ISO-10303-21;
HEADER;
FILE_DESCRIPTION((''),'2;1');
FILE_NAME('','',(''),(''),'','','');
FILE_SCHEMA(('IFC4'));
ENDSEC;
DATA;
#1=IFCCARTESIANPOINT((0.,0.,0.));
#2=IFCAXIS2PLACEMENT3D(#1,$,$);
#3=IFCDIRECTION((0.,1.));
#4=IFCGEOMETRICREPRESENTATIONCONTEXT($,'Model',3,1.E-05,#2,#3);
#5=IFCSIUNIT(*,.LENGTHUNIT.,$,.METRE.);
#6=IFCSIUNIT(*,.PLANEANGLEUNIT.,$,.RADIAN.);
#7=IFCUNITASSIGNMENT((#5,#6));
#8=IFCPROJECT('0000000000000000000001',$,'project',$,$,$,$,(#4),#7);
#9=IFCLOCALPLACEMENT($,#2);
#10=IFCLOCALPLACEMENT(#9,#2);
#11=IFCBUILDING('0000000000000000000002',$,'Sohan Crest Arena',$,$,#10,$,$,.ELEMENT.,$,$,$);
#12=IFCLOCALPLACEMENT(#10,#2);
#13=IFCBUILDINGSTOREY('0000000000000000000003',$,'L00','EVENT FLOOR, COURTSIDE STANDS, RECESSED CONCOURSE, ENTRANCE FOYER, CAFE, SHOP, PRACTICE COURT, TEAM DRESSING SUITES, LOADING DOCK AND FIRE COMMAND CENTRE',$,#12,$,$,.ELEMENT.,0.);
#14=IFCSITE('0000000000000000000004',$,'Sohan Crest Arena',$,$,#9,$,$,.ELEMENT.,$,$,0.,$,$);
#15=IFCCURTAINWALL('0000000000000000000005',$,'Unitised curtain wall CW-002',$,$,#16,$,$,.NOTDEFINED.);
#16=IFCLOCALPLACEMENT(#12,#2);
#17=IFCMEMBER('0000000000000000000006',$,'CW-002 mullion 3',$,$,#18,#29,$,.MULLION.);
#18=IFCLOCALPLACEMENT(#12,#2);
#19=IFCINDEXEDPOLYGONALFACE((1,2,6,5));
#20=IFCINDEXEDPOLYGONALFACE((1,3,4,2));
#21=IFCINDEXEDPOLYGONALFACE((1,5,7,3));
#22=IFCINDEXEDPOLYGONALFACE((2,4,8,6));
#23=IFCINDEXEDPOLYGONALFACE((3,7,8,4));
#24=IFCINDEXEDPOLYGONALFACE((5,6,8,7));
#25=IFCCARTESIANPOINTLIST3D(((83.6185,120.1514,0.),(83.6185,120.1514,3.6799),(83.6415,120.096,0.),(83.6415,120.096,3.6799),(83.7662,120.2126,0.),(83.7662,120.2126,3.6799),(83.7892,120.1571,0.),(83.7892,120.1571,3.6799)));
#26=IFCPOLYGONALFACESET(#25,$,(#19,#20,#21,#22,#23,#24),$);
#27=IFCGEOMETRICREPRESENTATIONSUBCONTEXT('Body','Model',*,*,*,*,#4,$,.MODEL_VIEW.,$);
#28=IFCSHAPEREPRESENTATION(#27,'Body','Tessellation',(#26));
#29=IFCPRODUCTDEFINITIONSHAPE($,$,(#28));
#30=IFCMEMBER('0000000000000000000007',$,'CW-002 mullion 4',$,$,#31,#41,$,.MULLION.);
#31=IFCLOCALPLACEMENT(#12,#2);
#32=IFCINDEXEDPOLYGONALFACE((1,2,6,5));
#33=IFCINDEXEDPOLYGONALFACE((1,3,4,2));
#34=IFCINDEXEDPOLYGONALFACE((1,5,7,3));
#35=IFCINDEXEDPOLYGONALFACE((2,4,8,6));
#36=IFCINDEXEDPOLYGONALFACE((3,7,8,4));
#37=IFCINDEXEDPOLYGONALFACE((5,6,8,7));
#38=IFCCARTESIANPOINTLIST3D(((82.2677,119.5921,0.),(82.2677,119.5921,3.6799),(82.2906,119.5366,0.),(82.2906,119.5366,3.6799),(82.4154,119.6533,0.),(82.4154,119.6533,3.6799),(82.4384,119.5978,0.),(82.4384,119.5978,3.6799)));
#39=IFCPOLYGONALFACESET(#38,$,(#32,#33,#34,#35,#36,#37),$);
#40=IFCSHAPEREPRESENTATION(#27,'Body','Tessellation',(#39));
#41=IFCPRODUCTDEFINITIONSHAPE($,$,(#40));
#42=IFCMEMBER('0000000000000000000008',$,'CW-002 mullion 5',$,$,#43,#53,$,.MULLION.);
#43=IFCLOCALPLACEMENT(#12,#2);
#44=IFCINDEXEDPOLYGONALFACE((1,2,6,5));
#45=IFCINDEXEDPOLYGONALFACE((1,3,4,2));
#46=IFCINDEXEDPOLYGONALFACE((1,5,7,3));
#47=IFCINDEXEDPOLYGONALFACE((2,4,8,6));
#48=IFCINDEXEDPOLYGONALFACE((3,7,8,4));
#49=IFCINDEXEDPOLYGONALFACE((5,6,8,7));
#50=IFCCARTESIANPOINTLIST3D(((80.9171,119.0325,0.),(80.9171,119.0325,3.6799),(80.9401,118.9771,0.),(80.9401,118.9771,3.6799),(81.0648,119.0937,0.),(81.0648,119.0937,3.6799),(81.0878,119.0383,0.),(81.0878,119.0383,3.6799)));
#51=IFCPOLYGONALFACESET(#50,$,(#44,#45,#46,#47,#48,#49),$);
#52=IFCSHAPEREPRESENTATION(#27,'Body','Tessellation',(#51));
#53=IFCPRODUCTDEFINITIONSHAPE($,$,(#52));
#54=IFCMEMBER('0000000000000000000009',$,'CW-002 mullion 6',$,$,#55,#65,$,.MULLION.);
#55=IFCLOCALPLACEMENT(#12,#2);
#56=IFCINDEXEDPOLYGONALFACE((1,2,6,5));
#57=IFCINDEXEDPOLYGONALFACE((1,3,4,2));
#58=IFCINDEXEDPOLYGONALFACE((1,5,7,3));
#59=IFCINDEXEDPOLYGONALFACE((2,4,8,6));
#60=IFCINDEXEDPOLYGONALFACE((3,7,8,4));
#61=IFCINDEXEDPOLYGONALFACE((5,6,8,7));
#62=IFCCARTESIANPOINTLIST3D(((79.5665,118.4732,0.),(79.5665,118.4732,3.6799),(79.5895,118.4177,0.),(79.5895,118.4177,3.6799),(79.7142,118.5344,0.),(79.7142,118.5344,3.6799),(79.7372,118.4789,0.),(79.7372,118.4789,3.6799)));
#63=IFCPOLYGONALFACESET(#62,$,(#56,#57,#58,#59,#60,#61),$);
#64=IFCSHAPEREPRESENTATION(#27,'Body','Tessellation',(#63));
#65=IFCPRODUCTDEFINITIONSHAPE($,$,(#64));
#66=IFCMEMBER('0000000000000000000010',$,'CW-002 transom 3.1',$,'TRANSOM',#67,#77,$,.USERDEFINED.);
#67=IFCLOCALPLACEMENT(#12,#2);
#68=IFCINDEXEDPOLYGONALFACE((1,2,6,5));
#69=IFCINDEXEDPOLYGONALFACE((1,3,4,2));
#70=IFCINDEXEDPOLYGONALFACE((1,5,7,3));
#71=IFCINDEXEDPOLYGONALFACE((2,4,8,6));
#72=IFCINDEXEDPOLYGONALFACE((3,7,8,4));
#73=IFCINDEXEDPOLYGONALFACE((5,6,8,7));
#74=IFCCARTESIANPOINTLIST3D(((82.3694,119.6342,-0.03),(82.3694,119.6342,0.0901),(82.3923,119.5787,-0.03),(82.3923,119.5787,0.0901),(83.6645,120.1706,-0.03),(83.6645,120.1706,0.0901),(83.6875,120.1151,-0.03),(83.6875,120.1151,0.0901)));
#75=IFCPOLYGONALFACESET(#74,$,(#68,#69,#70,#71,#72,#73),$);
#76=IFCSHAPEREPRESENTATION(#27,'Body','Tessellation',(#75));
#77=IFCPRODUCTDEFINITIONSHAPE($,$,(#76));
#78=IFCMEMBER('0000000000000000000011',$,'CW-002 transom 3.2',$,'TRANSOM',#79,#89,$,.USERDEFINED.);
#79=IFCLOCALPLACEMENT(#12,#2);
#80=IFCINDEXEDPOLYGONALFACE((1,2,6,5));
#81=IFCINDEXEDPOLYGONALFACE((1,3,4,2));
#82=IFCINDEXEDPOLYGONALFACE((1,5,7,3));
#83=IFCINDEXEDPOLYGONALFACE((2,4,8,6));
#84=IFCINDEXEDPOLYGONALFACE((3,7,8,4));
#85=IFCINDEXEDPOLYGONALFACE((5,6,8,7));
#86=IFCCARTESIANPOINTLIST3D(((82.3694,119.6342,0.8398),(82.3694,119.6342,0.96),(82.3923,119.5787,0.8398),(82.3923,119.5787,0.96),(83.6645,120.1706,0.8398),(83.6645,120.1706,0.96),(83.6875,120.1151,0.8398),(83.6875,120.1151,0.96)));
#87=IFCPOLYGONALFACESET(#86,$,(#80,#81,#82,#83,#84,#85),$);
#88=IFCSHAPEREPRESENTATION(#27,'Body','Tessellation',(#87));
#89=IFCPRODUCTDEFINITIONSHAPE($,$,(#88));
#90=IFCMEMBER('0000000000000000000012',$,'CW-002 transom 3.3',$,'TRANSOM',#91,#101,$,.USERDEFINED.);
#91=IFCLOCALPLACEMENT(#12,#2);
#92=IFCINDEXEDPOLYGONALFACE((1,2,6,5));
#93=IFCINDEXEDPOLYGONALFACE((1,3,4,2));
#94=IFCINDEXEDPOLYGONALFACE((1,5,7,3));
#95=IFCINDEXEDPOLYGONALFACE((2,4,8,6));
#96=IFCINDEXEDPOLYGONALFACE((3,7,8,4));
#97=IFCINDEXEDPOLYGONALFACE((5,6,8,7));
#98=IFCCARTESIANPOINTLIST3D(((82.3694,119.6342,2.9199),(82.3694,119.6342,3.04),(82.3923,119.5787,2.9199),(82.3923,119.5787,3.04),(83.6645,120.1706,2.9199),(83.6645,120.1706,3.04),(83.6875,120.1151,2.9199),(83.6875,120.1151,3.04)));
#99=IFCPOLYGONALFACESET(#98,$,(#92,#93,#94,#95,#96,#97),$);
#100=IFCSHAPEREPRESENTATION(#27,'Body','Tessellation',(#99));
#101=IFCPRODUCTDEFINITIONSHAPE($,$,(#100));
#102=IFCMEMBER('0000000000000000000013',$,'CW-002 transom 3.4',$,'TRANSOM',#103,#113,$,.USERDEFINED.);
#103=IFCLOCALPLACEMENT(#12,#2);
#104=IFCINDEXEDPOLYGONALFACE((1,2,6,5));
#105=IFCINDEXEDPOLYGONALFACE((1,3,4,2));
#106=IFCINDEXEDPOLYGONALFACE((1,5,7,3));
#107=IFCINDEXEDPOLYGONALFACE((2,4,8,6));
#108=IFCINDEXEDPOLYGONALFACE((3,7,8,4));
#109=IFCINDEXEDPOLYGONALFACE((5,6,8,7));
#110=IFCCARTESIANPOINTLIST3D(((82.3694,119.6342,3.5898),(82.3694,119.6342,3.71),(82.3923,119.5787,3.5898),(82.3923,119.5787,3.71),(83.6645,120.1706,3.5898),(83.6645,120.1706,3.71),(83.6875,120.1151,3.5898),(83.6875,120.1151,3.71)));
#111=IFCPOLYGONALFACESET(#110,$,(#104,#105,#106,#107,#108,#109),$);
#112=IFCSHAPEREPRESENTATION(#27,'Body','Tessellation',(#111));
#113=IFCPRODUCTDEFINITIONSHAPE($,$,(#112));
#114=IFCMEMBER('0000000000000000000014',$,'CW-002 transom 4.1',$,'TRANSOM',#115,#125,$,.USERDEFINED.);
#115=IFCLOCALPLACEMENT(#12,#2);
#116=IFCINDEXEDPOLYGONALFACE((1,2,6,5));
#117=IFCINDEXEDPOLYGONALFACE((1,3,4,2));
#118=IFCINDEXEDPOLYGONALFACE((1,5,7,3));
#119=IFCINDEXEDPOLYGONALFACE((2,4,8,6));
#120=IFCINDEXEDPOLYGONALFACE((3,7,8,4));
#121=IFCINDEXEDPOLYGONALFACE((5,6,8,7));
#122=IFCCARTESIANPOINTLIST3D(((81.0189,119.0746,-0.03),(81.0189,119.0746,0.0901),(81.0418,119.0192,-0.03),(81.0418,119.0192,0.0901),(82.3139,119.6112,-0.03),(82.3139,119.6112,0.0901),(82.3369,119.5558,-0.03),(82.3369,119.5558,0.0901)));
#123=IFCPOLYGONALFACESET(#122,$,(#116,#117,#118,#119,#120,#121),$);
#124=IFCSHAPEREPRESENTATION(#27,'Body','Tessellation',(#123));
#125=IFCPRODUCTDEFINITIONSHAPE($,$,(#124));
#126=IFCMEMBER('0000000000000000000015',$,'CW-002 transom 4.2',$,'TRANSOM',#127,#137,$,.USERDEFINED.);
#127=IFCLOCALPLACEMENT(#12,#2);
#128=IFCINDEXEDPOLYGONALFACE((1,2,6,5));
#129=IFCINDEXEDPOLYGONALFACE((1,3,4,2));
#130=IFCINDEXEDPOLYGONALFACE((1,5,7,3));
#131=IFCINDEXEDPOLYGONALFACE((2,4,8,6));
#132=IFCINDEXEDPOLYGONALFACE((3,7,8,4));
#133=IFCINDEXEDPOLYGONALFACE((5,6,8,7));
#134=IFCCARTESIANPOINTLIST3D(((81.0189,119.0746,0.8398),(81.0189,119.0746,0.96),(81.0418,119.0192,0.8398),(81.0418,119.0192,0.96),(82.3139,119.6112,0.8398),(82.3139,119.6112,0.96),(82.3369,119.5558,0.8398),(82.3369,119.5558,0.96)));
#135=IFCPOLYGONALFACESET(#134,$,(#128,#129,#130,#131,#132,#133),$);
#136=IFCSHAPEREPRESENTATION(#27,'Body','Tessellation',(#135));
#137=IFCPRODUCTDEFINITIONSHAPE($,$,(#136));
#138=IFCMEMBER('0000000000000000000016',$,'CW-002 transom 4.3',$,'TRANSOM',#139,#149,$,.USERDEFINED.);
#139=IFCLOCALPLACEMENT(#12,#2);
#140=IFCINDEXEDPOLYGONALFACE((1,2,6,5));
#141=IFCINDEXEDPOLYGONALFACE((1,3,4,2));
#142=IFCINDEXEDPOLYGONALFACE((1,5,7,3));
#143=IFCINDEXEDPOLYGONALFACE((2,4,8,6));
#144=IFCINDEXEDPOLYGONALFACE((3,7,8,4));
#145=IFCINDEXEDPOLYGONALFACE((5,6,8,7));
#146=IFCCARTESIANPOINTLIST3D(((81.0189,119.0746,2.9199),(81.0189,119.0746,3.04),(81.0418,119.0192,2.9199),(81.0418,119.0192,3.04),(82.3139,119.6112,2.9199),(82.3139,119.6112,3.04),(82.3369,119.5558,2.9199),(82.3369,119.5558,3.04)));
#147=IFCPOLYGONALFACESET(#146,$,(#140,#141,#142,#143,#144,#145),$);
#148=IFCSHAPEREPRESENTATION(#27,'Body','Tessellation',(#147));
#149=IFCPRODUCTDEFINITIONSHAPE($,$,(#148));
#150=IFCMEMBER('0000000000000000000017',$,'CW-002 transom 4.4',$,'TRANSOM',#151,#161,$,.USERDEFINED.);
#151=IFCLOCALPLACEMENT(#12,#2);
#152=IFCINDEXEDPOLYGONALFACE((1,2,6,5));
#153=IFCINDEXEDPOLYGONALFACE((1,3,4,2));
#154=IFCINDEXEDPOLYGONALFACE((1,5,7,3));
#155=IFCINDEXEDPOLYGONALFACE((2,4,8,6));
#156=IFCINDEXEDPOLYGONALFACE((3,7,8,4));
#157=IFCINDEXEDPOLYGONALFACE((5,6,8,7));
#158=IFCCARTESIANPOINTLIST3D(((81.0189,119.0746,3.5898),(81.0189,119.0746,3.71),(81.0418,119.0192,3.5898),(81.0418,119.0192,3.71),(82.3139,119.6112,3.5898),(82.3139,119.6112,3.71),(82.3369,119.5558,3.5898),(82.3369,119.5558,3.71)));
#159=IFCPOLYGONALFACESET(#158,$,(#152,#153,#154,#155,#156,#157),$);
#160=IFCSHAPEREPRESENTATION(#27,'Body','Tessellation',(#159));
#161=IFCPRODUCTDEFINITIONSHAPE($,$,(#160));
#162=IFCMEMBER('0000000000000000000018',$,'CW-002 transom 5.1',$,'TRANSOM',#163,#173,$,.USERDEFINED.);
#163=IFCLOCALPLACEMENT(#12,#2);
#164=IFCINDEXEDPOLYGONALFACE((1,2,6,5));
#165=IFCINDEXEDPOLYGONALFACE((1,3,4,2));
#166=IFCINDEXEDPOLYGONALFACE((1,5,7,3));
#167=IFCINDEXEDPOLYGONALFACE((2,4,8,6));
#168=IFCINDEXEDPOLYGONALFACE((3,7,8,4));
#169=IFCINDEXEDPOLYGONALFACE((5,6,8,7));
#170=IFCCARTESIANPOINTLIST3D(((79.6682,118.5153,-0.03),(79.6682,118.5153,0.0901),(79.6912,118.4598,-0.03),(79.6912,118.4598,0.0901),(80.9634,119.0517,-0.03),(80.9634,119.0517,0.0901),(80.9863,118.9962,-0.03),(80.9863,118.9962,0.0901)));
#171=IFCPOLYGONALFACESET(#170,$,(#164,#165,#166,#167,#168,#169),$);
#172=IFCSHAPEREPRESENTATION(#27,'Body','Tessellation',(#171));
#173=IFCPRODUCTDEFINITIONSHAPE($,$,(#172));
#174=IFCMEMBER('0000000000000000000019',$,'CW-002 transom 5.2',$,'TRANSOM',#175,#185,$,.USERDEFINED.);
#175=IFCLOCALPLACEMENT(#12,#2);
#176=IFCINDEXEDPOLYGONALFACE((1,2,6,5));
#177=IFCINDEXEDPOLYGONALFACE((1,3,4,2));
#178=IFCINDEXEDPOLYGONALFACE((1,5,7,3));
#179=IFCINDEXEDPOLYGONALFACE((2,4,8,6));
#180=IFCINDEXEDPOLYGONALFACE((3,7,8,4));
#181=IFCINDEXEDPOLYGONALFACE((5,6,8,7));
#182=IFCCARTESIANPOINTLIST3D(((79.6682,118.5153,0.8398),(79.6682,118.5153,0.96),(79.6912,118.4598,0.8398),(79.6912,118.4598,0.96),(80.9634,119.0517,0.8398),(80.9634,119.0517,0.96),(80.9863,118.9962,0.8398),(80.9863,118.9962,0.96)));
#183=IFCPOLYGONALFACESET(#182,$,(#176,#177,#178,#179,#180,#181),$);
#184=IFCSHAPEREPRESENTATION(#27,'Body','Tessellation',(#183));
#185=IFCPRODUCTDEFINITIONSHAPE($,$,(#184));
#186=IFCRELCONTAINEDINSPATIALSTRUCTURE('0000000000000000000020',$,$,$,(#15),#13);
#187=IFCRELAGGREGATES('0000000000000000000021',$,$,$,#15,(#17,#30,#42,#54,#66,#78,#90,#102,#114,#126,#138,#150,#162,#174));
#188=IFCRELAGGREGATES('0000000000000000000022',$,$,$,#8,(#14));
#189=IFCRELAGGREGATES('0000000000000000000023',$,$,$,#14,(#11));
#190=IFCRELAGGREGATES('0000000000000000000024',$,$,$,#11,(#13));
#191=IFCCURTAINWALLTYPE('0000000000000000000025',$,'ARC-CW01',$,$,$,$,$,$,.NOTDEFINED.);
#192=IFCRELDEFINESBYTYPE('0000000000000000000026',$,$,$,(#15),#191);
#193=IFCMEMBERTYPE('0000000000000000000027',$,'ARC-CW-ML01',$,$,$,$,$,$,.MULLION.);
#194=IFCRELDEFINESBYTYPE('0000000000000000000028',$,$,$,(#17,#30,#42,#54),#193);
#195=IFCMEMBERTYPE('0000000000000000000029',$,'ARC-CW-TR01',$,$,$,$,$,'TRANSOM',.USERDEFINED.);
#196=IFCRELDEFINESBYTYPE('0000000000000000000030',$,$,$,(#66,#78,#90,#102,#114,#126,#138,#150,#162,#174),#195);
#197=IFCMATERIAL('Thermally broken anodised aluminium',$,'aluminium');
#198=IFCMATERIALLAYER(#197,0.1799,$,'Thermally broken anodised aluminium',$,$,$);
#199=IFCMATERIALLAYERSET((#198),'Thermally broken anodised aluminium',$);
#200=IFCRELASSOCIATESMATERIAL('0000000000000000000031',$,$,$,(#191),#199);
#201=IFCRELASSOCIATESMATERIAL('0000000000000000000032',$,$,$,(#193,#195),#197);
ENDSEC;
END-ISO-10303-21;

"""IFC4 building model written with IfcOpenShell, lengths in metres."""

from ifc_helpers import new_model, si_unit, direction, frame, origin, origin_2d, place, context, subcontext, project, spatial, rectangle, extrude, material, layer, layer_set, material_profile, profile_set, type_object, element, aggregate, save


model = new_model("IFC4")

# Units and contexts
model_context = context("Model", 3, precision=1e-05, world=origin(), true_north=direction((0.0, 1.0)))
body_context = subcontext(model_context, "Body", "Model", "MODEL_VIEW")
ifc_project = project(units=[si_unit("LENGTHUNIT", "METRE"), si_unit("PLANEANGLEUNIT", "RADIAN")], contexts=[model_context])

# Site, building, storey
site_placement = place(None, origin())
site = spatial("IfcSite", under=ifc_project, at=site_placement, Name="Sohan Crest Arena", CompositionType="ELEMENT", RefElevation=0.0)
building_placement = place(site_placement, origin())
building = spatial("IfcBuilding", under=site, at=building_placement, Name="Sohan Crest Arena", CompositionType="ELEMENT")
storey_placement = place(building_placement, origin())
storey = spatial("IfcBuildingStorey", under=building, at=storey_placement, Name="L00", Description="EVENT FLOOR, COURTSIDE STANDS, RECESSED CONCOURSE, ENTRANCE FOYER, CAFE, SHOP, PRACTICE COURT, TEAM DRESSING SUITES, LOADING DOCK AND FIRE COMMAND CENTRE", CompositionType="ELEMENT", Elevation=0.0)

# Curtain wall, members
ifc_material_1 = material(Name="Thermally broken anodised aluminium", Category="aluminium")
ifc_layer_1 = layer(ifc_material_1, 0.1799, Name="Thermally broken anodised aluminium")
ifc_layer_set_1 = layer_set([ifc_layer_1], Name="Thermally broken anodised aluminium")
curtain_wall_type = type_object("IfcCurtainWallType", Name="ARC-CW01", PredefinedType="NOTDEFINED", material=ifc_layer_set_1)
curtain_wall_placement = place(storey_placement, origin())
curtain_wall = element("IfcCurtainWall", 1, at=curtain_wall_placement, inside=storey, type_object=curtain_wall_type, Name="Unitised curtain wall CW-002", PredefinedType="NOTDEFINED")
ifc_material_profile_1 = material_profile(ifc_material_1, rectangle(XDim=0.0601, YDim=0.1599, at=origin_2d()), Name="ALU-MULL 60x160")
ifc_profile_set_1 = profile_set([ifc_material_profile_1], Name="Thermally broken anodised aluminium")
member_type_1 = type_object("IfcMemberType", Name="ARC-CW-ML01", PredefinedType="MULLION", material=ifc_profile_set_1)
member_1_placement = place(storey_placement, frame((83.7039, 120.1543, 0.0), z_axis=(0.0, 0.0, 1.0), x_axis=(0.382641, -0.923897, 0.0)))
member_1 = element("IfcMember", 2, at=member_1_placement, type_object=member_type_1, Name="CW-002 mullion 3", PredefinedType="MULLION", context=body_context, shape_type="SweptSolid", body=[
    extrude(rectangle(XDim=0.0601, YDim=0.1599, at=origin_2d()), origin(), (0.0, 0.0, 1.0), 3.6799),
])
member_2_placement = place(storey_placement, frame((82.353, 119.595, 0.0), z_axis=(0.0, 0.0, 1.0), x_axis=(0.382641, -0.923897, 0.0)))
member_2 = element("IfcMember", 3, at=member_2_placement, type_object=member_type_1, Name="CW-002 mullion 4", PredefinedType="MULLION", context=body_context, shape_type="SweptSolid", body=[
    extrude(rectangle(XDim=0.0601, YDim=0.1599, at=origin_2d()), origin(), (0.0, 0.0, 1.0), 3.6799),
])
member_3_placement = place(storey_placement, frame((81.0024, 119.0354, 0.0), z_axis=(0.0, 0.0, 1.0), x_axis=(0.382641, -0.923897, 0.0)))
member_3 = element("IfcMember", 4, at=member_3_placement, type_object=member_type_1, Name="CW-002 mullion 5", PredefinedType="MULLION", context=body_context, shape_type="SweptSolid", body=[
    extrude(rectangle(XDim=0.0601, YDim=0.1599, at=origin_2d()), origin(), (0.0, 0.0, 1.0), 3.6799),
])
member_4_placement = place(storey_placement, frame((79.6519, 118.4761, 0.0), z_axis=(0.0, 0.0, 1.0), x_axis=(0.382641, -0.923897, 0.0)))
member_4 = element("IfcMember", 5, at=member_4_placement, type_object=member_type_1, Name="CW-002 mullion 6", PredefinedType="MULLION", context=body_context, shape_type="SweptSolid", body=[
    extrude(rectangle(XDim=0.0601, YDim=0.1599, at=origin_2d()), origin(), (0.0, 0.0, 1.0), 3.6799),
])
ifc_material_profile_2 = material_profile(ifc_material_1, rectangle(XDim=0.0601, YDim=0.1201, at=origin_2d()), Name="ALU-TRAN 60x120")
ifc_profile_set_2 = profile_set([ifc_material_profile_2], Name="Thermally broken anodised aluminium")
member_type_2 = type_object("IfcMemberType", Name="ARC-CW-TR01", ElementType="TRANSOM", PredefinedType="USERDEFINED", material=ifc_profile_set_2)
member_5_placement = place(storey_placement, frame((83.676, 120.1428, 0.03), z_axis=(-0.923904, -0.382624, 0.0), x_axis=(0.382624, -0.923904, 0.0)))
member_5 = element("IfcMember", 6, at=member_5_placement, type_object=member_type_2, Name="CW-002 transom 3.1", ObjectType="TRANSOM", PredefinedType="USERDEFINED", context=body_context, shape_type="SweptSolid", body=[
    extrude(rectangle(XDim=0.0601, YDim=0.1201, at=origin_2d()), origin(), (0.0, 0.0, 1.0), 1.4019),
])
member_6_placement = place(storey_placement, frame((83.676, 120.1428, 0.8999), z_axis=(-0.923904, -0.382624, 0.0), x_axis=(0.382624, -0.923904, 0.0)))
member_6 = element("IfcMember", 7, at=member_6_placement, type_object=member_type_2, Name="CW-002 transom 3.2", ObjectType="TRANSOM", PredefinedType="USERDEFINED", context=body_context, shape_type="SweptSolid", body=[
    extrude(rectangle(XDim=0.0601, YDim=0.1201, at=origin_2d()), origin(), (0.0, 0.0, 1.0), 1.4019),
])
member_7_placement = place(storey_placement, frame((83.676, 120.1428, 2.98), z_axis=(-0.923904, -0.382624, 0.0), x_axis=(0.382624, -0.923904, 0.0)))
member_7 = element("IfcMember", 8, at=member_7_placement, type_object=member_type_2, Name="CW-002 transom 3.3", ObjectType="TRANSOM", PredefinedType="USERDEFINED", context=body_context, shape_type="SweptSolid", body=[
    extrude(rectangle(XDim=0.0601, YDim=0.1201, at=origin_2d()), origin(), (0.0, 0.0, 1.0), 1.4019),
])
member_8_placement = place(storey_placement, frame((83.676, 120.1428, 3.6499), z_axis=(-0.923904, -0.382624, 0.0), x_axis=(0.382624, -0.923904, 0.0)))
member_8 = element("IfcMember", 9, at=member_8_placement, type_object=member_type_2, Name="CW-002 transom 3.4", ObjectType="TRANSOM", PredefinedType="USERDEFINED", context=body_context, shape_type="SweptSolid", body=[
    extrude(rectangle(XDim=0.0601, YDim=0.1201, at=origin_2d()), origin(), (0.0, 0.0, 1.0), 1.4019),
])
member_9_placement = place(storey_placement, frame((82.3254, 119.5835, 0.03), z_axis=(-0.923843, -0.382772, 0.0), x_axis=(0.382772, -0.923843, 0.0)))
member_9 = element("IfcMember", 10, at=member_9_placement, type_object=member_type_2, Name="CW-002 transom 4.1", ObjectType="TRANSOM", PredefinedType="USERDEFINED", context=body_context, shape_type="SweptSolid", body=[
    extrude(rectangle(XDim=0.0601, YDim=0.1201, at=origin_2d()), origin(), (0.0, 0.0, 1.0), 1.4019),
])
member_10_placement = place(storey_placement, frame((82.3254, 119.5835, 0.8999), z_axis=(-0.923843, -0.382772, 0.0), x_axis=(0.382772, -0.923843, 0.0)))
member_10 = element("IfcMember", 11, at=member_10_placement, type_object=member_type_2, Name="CW-002 transom 4.2", ObjectType="TRANSOM", PredefinedType="USERDEFINED", context=body_context, shape_type="SweptSolid", body=[
    extrude(rectangle(XDim=0.0601, YDim=0.1201, at=origin_2d()), origin(), (0.0, 0.0, 1.0), 1.4019),
])
member_11_placement = place(storey_placement, frame((82.3254, 119.5835, 2.98), z_axis=(-0.923843, -0.382772, 0.0), x_axis=(0.382772, -0.923843, 0.0)))
member_11 = element("IfcMember", 12, at=member_11_placement, type_object=member_type_2, Name="CW-002 transom 4.3", ObjectType="TRANSOM", PredefinedType="USERDEFINED", context=body_context, shape_type="SweptSolid", body=[
    extrude(rectangle(XDim=0.0601, YDim=0.1201, at=origin_2d()), origin(), (0.0, 0.0, 1.0), 1.4019),
])
member_12_placement = place(storey_placement, frame((82.3254, 119.5835, 3.6499), z_axis=(-0.923843, -0.382772, 0.0), x_axis=(0.382772, -0.923843, 0.0)))
member_12 = element("IfcMember", 13, at=member_12_placement, type_object=member_type_2, Name="CW-002 transom 4.4", ObjectType="TRANSOM", PredefinedType="USERDEFINED", context=body_context, shape_type="SweptSolid", body=[
    extrude(rectangle(XDim=0.0601, YDim=0.1201, at=origin_2d()), origin(), (0.0, 0.0, 1.0), 1.4019),
])
member_13_placement = place(storey_placement, frame((80.9749, 119.0239, 0.03), z_axis=(-0.923904, -0.382624, 0.0), x_axis=(0.382624, -0.923904, 0.0)))
member_13 = element("IfcMember", 14, at=member_13_placement, type_object=member_type_2, Name="CW-002 transom 5.1", ObjectType="TRANSOM", PredefinedType="USERDEFINED", context=body_context, shape_type="SweptSolid", body=[
    extrude(rectangle(XDim=0.0601, YDim=0.1201, at=origin_2d()), origin(), (0.0, 0.0, 1.0), 1.4019),
])
member_14_placement = place(storey_placement, frame((80.9749, 119.0239, 0.8999), z_axis=(-0.923904, -0.382624, 0.0), x_axis=(0.382624, -0.923904, 0.0)))
member_14 = element("IfcMember", 15, at=member_14_placement, type_object=member_type_2, Name="CW-002 transom 5.2", ObjectType="TRANSOM", PredefinedType="USERDEFINED", context=body_context, shape_type="SweptSolid", body=[
    extrude(rectangle(XDim=0.0601, YDim=0.1201, at=origin_2d()), origin(), (0.0, 0.0, 1.0), 1.4019),
])
aggregate(curtain_wall, [member_1, member_2, member_3, member_4, member_5, member_6, member_7, member_8, member_9, member_10, member_11, member_12, member_13, member_14])

save(model, "model.ifc")
